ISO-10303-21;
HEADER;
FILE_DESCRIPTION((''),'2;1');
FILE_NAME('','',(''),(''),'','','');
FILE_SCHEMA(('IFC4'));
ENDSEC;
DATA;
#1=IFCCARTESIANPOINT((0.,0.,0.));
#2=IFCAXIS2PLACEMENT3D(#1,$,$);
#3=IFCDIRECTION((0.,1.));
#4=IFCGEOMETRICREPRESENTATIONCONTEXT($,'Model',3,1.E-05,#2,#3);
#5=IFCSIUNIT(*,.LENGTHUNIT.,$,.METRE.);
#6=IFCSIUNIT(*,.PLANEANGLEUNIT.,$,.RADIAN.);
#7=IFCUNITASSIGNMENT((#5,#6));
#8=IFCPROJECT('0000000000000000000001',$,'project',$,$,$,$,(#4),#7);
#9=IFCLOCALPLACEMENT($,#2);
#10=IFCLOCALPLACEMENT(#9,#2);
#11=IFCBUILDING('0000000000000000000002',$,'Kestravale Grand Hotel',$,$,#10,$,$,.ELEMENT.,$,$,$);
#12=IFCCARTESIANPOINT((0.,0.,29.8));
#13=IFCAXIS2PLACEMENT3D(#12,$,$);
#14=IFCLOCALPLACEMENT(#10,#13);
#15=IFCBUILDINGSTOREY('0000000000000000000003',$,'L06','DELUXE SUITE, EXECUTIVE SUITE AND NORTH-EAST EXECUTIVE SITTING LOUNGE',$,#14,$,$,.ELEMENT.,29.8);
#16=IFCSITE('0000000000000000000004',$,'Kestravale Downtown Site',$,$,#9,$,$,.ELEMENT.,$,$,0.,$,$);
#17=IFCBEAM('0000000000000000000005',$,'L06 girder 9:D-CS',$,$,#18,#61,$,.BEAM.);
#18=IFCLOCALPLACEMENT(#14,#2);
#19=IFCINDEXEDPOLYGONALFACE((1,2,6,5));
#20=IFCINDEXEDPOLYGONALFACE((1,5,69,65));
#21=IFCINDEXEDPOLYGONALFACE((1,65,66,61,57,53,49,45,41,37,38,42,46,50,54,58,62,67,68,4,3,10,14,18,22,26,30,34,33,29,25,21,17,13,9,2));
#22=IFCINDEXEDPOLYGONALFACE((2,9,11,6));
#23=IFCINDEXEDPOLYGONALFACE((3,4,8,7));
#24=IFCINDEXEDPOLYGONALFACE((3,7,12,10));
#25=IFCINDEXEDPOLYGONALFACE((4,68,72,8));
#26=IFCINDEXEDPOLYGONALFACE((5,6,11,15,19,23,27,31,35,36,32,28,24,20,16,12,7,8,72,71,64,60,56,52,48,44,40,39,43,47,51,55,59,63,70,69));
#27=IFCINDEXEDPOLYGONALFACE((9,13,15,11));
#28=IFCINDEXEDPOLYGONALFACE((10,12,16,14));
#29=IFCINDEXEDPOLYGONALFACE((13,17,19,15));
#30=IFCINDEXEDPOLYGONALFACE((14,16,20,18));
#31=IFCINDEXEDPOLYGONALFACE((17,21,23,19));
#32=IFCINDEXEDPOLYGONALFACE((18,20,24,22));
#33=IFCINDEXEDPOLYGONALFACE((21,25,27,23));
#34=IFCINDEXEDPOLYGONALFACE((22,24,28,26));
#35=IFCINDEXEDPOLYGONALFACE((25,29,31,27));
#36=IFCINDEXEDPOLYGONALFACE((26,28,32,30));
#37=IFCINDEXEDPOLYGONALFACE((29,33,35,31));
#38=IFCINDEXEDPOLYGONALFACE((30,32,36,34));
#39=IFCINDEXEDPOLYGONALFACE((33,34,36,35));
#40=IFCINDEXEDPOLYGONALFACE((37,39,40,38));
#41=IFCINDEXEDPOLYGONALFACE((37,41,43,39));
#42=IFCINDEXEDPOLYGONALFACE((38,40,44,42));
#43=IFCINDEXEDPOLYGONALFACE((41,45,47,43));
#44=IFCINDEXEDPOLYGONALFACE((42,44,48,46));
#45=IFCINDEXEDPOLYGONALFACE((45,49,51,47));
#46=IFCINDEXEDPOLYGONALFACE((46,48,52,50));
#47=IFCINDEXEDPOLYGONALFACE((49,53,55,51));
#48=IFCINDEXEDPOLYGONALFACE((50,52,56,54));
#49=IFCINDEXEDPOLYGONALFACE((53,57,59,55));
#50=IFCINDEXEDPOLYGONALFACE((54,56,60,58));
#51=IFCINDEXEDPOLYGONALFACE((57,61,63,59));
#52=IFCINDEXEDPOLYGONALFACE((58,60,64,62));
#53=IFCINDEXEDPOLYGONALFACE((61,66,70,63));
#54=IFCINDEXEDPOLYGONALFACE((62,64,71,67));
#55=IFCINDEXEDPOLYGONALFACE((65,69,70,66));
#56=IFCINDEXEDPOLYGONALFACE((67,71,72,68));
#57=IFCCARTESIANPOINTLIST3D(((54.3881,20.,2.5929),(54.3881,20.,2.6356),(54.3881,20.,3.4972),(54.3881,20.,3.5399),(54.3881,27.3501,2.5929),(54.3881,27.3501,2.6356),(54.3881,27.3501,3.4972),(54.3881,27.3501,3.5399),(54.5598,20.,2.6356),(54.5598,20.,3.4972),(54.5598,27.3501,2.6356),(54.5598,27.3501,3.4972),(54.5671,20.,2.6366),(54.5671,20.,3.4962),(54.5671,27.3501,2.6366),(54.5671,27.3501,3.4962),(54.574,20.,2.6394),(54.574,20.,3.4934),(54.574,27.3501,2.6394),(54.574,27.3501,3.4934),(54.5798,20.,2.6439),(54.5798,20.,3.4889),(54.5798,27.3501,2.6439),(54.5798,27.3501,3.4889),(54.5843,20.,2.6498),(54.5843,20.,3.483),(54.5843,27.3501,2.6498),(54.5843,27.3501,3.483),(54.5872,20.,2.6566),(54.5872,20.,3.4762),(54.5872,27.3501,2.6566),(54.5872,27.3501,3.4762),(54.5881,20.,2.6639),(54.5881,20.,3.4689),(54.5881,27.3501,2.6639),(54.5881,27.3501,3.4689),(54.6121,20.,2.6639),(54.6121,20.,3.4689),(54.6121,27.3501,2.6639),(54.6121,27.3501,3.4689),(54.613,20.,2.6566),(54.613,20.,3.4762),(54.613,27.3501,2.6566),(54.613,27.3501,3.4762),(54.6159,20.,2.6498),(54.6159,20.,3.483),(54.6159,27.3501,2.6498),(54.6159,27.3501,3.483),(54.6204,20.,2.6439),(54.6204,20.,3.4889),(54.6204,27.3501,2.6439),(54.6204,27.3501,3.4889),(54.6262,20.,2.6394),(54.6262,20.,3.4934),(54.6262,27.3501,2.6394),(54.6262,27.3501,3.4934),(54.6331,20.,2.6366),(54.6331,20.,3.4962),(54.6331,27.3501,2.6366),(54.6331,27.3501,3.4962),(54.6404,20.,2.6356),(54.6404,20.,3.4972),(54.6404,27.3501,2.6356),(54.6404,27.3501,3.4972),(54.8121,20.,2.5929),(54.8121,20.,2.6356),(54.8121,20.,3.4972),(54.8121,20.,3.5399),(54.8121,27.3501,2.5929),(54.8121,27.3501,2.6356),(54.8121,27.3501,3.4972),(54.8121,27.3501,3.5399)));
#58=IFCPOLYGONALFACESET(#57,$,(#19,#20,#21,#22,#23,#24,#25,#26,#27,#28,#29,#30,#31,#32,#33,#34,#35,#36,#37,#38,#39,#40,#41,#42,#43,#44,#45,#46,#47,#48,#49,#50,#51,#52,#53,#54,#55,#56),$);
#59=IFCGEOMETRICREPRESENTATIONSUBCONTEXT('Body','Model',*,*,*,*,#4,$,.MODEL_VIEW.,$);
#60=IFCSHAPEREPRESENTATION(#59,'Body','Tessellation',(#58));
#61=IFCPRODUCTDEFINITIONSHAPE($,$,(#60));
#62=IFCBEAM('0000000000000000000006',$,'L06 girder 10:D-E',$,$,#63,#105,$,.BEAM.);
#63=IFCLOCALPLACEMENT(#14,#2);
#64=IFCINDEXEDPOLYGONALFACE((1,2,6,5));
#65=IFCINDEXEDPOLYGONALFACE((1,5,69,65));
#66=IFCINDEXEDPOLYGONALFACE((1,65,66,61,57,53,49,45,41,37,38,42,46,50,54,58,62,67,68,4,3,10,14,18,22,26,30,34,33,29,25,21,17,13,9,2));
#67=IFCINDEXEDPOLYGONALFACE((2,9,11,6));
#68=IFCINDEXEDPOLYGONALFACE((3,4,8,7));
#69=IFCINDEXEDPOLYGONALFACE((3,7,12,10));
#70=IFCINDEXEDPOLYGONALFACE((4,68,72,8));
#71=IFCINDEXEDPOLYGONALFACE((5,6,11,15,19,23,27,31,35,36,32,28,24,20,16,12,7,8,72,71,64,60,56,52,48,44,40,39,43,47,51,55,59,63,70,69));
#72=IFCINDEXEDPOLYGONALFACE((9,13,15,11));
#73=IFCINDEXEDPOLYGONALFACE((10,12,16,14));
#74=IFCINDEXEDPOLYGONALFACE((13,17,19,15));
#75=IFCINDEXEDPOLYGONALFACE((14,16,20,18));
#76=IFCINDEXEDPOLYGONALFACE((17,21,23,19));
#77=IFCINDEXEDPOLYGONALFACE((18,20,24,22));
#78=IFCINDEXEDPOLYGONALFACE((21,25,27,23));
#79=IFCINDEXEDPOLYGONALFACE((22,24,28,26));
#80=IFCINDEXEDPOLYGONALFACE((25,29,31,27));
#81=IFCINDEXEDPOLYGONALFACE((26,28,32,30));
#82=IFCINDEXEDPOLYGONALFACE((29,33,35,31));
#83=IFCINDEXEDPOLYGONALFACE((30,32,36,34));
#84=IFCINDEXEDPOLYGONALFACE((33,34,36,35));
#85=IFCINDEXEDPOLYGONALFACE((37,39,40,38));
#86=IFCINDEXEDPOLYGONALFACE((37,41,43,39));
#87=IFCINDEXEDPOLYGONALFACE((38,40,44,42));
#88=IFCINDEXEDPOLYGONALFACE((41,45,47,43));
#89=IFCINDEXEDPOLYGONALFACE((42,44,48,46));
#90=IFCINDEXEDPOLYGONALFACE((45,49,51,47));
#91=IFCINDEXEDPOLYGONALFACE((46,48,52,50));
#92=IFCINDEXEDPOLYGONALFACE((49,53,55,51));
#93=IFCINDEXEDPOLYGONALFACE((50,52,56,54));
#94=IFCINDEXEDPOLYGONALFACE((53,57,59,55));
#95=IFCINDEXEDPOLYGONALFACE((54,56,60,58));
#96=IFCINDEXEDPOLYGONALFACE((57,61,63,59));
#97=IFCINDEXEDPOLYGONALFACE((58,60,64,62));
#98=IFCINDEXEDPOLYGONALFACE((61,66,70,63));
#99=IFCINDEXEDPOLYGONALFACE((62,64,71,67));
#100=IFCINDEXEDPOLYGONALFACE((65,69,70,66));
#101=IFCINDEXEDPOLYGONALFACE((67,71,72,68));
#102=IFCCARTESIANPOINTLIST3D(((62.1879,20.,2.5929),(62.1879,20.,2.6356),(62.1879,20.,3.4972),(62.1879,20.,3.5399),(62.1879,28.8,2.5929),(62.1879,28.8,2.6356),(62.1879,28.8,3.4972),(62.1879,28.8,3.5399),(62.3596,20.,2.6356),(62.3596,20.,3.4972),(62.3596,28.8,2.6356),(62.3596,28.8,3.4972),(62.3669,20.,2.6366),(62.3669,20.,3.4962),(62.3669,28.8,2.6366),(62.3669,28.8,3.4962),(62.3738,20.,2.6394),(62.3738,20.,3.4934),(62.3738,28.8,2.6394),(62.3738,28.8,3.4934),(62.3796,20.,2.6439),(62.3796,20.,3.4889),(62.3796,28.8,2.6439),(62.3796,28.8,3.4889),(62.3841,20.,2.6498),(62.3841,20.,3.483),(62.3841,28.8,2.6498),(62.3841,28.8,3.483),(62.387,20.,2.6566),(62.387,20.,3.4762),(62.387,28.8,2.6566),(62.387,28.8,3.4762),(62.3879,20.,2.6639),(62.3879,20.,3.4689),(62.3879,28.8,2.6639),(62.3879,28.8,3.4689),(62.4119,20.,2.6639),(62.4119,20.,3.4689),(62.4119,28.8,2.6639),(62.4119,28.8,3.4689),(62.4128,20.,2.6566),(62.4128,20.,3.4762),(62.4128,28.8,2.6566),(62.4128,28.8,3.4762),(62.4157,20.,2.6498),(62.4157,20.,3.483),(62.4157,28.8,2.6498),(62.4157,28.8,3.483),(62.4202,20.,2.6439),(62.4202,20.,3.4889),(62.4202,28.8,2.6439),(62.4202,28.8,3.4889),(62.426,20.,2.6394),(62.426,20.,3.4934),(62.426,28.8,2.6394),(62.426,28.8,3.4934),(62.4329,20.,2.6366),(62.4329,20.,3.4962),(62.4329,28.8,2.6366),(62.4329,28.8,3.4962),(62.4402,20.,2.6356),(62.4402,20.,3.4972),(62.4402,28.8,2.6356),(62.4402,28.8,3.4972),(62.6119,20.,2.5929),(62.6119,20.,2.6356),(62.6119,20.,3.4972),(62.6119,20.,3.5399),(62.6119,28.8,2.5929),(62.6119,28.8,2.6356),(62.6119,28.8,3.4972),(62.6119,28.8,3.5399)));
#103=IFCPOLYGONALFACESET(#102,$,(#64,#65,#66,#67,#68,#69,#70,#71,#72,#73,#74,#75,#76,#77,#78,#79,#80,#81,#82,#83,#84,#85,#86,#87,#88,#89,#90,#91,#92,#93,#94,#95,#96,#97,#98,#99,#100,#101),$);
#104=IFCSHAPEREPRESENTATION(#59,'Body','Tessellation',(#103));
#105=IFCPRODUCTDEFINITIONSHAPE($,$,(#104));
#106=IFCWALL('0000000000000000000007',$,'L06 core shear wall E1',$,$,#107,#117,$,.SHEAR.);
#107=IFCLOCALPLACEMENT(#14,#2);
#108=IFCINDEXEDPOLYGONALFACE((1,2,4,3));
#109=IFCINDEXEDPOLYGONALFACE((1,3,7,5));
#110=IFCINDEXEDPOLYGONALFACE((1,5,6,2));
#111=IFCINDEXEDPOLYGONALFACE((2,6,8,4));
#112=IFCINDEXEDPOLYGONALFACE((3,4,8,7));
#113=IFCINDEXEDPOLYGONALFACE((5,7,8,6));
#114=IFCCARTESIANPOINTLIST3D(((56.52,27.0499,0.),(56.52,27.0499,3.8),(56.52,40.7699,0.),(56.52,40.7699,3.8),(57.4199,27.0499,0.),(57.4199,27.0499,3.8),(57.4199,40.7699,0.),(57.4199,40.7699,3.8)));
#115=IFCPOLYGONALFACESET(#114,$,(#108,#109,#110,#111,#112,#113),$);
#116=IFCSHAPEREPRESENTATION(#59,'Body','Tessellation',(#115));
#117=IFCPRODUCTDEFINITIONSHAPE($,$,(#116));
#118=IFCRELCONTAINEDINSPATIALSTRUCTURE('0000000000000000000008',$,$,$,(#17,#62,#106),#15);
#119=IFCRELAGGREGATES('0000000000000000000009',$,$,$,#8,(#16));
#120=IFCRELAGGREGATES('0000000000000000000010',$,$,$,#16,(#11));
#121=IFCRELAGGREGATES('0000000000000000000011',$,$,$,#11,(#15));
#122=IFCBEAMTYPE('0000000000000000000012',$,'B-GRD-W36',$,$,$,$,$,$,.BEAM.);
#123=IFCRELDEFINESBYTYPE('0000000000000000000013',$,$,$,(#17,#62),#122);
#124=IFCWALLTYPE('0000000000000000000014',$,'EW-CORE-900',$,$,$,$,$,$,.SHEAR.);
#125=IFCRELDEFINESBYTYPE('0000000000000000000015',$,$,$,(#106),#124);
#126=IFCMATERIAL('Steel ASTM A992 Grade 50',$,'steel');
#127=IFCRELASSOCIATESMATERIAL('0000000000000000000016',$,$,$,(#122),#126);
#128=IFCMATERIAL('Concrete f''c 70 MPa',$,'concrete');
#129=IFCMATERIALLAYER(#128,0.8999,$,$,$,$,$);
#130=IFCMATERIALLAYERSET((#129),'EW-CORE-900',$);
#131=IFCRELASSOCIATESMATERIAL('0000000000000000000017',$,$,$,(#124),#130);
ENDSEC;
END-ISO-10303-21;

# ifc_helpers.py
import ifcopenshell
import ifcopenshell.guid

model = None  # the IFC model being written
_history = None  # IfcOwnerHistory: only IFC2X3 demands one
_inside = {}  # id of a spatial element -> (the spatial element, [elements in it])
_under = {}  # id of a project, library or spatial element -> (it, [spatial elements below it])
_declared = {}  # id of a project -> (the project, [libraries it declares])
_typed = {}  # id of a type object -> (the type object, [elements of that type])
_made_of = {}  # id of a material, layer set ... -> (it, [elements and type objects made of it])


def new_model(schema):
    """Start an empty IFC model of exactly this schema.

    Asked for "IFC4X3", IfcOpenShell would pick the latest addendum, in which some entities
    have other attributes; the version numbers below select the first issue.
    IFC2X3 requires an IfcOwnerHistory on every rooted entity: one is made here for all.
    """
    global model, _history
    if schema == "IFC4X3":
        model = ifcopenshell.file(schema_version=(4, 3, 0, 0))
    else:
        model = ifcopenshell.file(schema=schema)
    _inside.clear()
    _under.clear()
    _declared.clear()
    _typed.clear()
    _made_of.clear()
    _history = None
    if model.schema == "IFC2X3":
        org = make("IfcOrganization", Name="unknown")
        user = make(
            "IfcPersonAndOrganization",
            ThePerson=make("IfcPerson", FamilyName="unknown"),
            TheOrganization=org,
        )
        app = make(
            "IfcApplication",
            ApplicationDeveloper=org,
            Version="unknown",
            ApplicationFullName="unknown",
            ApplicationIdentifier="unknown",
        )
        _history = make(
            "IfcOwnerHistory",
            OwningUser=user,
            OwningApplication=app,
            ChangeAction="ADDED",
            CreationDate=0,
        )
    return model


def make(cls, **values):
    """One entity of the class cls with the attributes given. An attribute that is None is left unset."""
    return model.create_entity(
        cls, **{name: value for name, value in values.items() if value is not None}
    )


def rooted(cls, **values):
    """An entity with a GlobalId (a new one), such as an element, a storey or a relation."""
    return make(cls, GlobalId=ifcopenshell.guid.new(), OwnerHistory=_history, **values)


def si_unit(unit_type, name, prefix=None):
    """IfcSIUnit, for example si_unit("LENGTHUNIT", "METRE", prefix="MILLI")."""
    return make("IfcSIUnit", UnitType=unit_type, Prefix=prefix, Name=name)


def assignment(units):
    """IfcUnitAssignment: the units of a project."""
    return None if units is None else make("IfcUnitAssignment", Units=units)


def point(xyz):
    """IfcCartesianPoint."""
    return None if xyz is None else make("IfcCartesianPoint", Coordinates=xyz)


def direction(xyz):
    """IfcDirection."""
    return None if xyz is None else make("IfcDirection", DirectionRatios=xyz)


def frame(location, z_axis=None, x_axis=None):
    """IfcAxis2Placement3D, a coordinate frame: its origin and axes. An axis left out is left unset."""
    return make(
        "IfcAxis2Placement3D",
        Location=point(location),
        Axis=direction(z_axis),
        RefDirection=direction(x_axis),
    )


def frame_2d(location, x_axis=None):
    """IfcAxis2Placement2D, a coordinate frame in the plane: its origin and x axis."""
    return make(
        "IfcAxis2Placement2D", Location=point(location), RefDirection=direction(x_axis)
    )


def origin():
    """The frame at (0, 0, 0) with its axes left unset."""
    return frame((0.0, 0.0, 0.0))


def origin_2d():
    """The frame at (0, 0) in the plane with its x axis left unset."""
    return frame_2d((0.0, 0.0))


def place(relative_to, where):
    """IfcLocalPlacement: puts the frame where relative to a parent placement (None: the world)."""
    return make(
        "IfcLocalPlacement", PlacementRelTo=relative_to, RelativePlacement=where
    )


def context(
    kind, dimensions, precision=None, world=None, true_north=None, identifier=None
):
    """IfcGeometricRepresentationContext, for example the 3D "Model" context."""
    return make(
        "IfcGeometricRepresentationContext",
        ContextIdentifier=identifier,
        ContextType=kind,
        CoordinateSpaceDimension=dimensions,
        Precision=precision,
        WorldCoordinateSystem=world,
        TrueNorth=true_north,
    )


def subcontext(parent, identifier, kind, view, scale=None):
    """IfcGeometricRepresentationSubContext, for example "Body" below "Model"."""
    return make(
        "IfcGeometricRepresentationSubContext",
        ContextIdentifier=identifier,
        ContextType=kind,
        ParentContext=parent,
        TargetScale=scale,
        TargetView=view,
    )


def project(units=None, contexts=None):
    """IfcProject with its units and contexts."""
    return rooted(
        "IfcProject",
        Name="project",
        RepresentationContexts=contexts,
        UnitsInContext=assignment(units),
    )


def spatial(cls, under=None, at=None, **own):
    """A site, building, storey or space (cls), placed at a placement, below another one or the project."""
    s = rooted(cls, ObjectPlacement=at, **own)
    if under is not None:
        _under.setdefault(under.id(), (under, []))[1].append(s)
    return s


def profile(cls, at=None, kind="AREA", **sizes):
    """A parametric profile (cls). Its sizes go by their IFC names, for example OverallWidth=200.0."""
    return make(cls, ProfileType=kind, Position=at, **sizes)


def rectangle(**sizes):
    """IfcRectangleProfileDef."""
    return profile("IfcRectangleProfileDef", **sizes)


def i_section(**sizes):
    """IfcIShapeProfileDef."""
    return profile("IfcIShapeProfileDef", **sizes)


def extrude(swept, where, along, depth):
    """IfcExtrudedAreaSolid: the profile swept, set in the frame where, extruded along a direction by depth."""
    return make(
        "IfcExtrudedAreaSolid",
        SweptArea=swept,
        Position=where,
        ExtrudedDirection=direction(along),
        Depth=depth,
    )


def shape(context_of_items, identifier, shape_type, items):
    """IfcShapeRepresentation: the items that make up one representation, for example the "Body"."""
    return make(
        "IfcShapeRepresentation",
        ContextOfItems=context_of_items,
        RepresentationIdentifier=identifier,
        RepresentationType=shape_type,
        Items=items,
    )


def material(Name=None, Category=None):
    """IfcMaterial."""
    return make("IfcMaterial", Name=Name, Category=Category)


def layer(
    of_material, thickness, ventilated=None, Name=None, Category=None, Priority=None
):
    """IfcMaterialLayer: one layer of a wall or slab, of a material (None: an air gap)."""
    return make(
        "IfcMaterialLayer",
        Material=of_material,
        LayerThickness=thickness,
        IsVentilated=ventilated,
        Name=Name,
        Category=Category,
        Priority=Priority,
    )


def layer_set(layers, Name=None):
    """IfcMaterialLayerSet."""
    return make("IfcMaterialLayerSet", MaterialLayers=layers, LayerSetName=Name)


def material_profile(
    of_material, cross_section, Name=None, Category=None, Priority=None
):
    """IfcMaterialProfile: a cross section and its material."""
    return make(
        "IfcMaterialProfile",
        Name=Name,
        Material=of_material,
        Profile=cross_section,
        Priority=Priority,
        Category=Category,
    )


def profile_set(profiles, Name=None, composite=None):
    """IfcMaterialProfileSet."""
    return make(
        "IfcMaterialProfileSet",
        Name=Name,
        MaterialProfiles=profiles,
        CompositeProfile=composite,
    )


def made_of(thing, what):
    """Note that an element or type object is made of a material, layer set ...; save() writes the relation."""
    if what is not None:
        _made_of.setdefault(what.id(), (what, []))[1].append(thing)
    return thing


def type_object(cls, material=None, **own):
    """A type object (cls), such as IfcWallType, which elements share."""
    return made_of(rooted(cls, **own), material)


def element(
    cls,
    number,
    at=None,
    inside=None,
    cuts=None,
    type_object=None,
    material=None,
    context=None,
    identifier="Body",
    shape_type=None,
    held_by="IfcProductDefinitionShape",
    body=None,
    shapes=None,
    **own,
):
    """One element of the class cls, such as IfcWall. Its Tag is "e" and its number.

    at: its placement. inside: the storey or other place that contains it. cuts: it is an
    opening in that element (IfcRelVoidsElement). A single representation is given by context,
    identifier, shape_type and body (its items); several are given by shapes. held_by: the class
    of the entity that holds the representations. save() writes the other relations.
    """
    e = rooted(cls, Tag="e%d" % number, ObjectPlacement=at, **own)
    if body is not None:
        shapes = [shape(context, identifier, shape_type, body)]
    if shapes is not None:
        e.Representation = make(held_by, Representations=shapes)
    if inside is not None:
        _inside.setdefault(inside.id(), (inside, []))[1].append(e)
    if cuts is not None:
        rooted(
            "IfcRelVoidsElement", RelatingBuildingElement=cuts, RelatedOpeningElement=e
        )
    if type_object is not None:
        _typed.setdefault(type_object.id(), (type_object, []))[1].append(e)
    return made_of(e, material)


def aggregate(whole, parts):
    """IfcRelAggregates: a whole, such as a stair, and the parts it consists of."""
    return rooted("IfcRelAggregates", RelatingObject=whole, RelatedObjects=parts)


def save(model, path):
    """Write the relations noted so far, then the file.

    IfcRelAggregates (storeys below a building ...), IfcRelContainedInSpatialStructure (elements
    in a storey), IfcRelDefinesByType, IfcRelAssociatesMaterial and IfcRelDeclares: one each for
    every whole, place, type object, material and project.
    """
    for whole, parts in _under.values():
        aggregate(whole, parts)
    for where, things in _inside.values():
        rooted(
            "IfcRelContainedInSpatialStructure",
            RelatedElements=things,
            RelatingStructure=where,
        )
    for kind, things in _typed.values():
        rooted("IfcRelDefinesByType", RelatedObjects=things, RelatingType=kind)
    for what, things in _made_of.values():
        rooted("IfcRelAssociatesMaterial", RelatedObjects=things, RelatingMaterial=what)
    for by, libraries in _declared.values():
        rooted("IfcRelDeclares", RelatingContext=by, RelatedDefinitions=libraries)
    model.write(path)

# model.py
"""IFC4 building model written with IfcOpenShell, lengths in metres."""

from ifc_helpers import new_model, si_unit, direction, frame, frame_2d, origin, origin_2d, place, context, subcontext, project, spatial, rectangle, i_section, extrude, material, layer, layer_set, material_profile, profile_set, type_object, element, save


model = new_model("IFC4")

# Units and contexts
model_context = context("Model", 3, precision=1e-05, world=origin(), true_north=direction((0.0, 1.0)))
body_context = subcontext(model_context, "Body", "Model", "MODEL_VIEW")
ifc_project = project(units=[si_unit("LENGTHUNIT", "METRE"), si_unit("PLANEANGLEUNIT", "RADIAN")], contexts=[model_context])

# Site, building, storey
site_placement = place(None, origin())
site = spatial("IfcSite", under=ifc_project, at=site_placement, Name="Kestravale Downtown Site", CompositionType="ELEMENT", RefElevation=0.0)
building_placement = place(site_placement, origin())
building = spatial("IfcBuilding", under=site, at=building_placement, Name="Kestravale Grand Hotel", CompositionType="ELEMENT")
storey_placement = place(building_placement, frame((0.0, 0.0, 29.8)))
storey = spatial("IfcBuildingStorey", under=building, at=storey_placement, Name="L06", Description="DELUXE SUITE, EXECUTIVE SUITE AND NORTH-EAST EXECUTIVE SITTING LOUNGE", CompositionType="ELEMENT", Elevation=29.8)

# Beams
ifc_material_1 = material(Name="Steel ASTM A992 Grade 50", Category="steel")
ifc_material_profile_1 = material_profile(ifc_material_1, i_section(OverallWidth=0.4241, OverallDepth=0.947, WebThickness=0.0239, FlangeThickness=0.0427, FilletRadius=0.0283, at=origin_2d()))
ifc_profile_set_1 = profile_set([ifc_material_profile_1], Name="Steel ASTM A992 Grade 50")
beam_type_1 = type_object("IfcBeamType", Name="B-GRD-W36", PredefinedType="BEAM", material=ifc_profile_set_1)
beam_1_placement = place(storey_placement, frame((54.6001, 20.0, 3.0664), z_axis=(0.0, 1.0, 0.0), x_axis=(-1.0, 0.0, 0.0)))
element("IfcBeam", 1, at=beam_1_placement, inside=storey, type_object=beam_type_1, Name="L06 girder 9:D-CS", PredefinedType="BEAM", context=body_context, shape_type="SweptSolid", body=[
    extrude(i_section(OverallWidth=0.4241, OverallDepth=0.947, WebThickness=0.0239, FlangeThickness=0.0427, FilletRadius=0.0283, at=origin_2d()), origin(), (0.0, 0.0, 1.0), 7.3501),
])
beam_2_placement = place(storey_placement, frame((62.3999, 20.0, 3.0664), z_axis=(0.0, 1.0, 0.0), x_axis=(-1.0, 0.0, 0.0)))
element("IfcBeam", 2, at=beam_2_placement, inside=storey, type_object=beam_type_1, Name="L06 girder 10:D-E", PredefinedType="BEAM", context=body_context, shape_type="SweptSolid", body=[
    extrude(i_section(OverallWidth=0.4241, OverallDepth=0.947, WebThickness=0.0239, FlangeThickness=0.0427, FilletRadius=0.0283, at=origin_2d()), origin(), (0.0, 0.0, 1.0), 8.8),
])

# Wall
ifc_material_2 = material(Name="Concrete f'c 70 MPa", Category="concrete")
ifc_layer_1 = layer(ifc_material_2, 0.8999)
ifc_layer_set_1 = layer_set([ifc_layer_1], Name="EW-CORE-900")
wall_type_1 = type_object("IfcWallType", Name="EW-CORE-900", PredefinedType="SHEAR", material=ifc_layer_set_1)
wall_1_placement = place(storey_placement, frame((56.97, 27.05, 0.0), z_axis=(0.0, 0.0, 1.0), x_axis=(0.0, 1.0, 0.0)))
element("IfcWall", 3, at=wall_1_placement, inside=storey, type_object=wall_type_1, Name="L06 core shear wall E1", PredefinedType="SHEAR", context=body_context, shape_type="SweptSolid", body=[
    extrude(rectangle(XDim=13.72, YDim=0.8999, at=frame_2d((6.8599, 0.0))), origin(), (0.0, 0.0, 1.0), 3.8),
])

save(model, "model.ifc")
